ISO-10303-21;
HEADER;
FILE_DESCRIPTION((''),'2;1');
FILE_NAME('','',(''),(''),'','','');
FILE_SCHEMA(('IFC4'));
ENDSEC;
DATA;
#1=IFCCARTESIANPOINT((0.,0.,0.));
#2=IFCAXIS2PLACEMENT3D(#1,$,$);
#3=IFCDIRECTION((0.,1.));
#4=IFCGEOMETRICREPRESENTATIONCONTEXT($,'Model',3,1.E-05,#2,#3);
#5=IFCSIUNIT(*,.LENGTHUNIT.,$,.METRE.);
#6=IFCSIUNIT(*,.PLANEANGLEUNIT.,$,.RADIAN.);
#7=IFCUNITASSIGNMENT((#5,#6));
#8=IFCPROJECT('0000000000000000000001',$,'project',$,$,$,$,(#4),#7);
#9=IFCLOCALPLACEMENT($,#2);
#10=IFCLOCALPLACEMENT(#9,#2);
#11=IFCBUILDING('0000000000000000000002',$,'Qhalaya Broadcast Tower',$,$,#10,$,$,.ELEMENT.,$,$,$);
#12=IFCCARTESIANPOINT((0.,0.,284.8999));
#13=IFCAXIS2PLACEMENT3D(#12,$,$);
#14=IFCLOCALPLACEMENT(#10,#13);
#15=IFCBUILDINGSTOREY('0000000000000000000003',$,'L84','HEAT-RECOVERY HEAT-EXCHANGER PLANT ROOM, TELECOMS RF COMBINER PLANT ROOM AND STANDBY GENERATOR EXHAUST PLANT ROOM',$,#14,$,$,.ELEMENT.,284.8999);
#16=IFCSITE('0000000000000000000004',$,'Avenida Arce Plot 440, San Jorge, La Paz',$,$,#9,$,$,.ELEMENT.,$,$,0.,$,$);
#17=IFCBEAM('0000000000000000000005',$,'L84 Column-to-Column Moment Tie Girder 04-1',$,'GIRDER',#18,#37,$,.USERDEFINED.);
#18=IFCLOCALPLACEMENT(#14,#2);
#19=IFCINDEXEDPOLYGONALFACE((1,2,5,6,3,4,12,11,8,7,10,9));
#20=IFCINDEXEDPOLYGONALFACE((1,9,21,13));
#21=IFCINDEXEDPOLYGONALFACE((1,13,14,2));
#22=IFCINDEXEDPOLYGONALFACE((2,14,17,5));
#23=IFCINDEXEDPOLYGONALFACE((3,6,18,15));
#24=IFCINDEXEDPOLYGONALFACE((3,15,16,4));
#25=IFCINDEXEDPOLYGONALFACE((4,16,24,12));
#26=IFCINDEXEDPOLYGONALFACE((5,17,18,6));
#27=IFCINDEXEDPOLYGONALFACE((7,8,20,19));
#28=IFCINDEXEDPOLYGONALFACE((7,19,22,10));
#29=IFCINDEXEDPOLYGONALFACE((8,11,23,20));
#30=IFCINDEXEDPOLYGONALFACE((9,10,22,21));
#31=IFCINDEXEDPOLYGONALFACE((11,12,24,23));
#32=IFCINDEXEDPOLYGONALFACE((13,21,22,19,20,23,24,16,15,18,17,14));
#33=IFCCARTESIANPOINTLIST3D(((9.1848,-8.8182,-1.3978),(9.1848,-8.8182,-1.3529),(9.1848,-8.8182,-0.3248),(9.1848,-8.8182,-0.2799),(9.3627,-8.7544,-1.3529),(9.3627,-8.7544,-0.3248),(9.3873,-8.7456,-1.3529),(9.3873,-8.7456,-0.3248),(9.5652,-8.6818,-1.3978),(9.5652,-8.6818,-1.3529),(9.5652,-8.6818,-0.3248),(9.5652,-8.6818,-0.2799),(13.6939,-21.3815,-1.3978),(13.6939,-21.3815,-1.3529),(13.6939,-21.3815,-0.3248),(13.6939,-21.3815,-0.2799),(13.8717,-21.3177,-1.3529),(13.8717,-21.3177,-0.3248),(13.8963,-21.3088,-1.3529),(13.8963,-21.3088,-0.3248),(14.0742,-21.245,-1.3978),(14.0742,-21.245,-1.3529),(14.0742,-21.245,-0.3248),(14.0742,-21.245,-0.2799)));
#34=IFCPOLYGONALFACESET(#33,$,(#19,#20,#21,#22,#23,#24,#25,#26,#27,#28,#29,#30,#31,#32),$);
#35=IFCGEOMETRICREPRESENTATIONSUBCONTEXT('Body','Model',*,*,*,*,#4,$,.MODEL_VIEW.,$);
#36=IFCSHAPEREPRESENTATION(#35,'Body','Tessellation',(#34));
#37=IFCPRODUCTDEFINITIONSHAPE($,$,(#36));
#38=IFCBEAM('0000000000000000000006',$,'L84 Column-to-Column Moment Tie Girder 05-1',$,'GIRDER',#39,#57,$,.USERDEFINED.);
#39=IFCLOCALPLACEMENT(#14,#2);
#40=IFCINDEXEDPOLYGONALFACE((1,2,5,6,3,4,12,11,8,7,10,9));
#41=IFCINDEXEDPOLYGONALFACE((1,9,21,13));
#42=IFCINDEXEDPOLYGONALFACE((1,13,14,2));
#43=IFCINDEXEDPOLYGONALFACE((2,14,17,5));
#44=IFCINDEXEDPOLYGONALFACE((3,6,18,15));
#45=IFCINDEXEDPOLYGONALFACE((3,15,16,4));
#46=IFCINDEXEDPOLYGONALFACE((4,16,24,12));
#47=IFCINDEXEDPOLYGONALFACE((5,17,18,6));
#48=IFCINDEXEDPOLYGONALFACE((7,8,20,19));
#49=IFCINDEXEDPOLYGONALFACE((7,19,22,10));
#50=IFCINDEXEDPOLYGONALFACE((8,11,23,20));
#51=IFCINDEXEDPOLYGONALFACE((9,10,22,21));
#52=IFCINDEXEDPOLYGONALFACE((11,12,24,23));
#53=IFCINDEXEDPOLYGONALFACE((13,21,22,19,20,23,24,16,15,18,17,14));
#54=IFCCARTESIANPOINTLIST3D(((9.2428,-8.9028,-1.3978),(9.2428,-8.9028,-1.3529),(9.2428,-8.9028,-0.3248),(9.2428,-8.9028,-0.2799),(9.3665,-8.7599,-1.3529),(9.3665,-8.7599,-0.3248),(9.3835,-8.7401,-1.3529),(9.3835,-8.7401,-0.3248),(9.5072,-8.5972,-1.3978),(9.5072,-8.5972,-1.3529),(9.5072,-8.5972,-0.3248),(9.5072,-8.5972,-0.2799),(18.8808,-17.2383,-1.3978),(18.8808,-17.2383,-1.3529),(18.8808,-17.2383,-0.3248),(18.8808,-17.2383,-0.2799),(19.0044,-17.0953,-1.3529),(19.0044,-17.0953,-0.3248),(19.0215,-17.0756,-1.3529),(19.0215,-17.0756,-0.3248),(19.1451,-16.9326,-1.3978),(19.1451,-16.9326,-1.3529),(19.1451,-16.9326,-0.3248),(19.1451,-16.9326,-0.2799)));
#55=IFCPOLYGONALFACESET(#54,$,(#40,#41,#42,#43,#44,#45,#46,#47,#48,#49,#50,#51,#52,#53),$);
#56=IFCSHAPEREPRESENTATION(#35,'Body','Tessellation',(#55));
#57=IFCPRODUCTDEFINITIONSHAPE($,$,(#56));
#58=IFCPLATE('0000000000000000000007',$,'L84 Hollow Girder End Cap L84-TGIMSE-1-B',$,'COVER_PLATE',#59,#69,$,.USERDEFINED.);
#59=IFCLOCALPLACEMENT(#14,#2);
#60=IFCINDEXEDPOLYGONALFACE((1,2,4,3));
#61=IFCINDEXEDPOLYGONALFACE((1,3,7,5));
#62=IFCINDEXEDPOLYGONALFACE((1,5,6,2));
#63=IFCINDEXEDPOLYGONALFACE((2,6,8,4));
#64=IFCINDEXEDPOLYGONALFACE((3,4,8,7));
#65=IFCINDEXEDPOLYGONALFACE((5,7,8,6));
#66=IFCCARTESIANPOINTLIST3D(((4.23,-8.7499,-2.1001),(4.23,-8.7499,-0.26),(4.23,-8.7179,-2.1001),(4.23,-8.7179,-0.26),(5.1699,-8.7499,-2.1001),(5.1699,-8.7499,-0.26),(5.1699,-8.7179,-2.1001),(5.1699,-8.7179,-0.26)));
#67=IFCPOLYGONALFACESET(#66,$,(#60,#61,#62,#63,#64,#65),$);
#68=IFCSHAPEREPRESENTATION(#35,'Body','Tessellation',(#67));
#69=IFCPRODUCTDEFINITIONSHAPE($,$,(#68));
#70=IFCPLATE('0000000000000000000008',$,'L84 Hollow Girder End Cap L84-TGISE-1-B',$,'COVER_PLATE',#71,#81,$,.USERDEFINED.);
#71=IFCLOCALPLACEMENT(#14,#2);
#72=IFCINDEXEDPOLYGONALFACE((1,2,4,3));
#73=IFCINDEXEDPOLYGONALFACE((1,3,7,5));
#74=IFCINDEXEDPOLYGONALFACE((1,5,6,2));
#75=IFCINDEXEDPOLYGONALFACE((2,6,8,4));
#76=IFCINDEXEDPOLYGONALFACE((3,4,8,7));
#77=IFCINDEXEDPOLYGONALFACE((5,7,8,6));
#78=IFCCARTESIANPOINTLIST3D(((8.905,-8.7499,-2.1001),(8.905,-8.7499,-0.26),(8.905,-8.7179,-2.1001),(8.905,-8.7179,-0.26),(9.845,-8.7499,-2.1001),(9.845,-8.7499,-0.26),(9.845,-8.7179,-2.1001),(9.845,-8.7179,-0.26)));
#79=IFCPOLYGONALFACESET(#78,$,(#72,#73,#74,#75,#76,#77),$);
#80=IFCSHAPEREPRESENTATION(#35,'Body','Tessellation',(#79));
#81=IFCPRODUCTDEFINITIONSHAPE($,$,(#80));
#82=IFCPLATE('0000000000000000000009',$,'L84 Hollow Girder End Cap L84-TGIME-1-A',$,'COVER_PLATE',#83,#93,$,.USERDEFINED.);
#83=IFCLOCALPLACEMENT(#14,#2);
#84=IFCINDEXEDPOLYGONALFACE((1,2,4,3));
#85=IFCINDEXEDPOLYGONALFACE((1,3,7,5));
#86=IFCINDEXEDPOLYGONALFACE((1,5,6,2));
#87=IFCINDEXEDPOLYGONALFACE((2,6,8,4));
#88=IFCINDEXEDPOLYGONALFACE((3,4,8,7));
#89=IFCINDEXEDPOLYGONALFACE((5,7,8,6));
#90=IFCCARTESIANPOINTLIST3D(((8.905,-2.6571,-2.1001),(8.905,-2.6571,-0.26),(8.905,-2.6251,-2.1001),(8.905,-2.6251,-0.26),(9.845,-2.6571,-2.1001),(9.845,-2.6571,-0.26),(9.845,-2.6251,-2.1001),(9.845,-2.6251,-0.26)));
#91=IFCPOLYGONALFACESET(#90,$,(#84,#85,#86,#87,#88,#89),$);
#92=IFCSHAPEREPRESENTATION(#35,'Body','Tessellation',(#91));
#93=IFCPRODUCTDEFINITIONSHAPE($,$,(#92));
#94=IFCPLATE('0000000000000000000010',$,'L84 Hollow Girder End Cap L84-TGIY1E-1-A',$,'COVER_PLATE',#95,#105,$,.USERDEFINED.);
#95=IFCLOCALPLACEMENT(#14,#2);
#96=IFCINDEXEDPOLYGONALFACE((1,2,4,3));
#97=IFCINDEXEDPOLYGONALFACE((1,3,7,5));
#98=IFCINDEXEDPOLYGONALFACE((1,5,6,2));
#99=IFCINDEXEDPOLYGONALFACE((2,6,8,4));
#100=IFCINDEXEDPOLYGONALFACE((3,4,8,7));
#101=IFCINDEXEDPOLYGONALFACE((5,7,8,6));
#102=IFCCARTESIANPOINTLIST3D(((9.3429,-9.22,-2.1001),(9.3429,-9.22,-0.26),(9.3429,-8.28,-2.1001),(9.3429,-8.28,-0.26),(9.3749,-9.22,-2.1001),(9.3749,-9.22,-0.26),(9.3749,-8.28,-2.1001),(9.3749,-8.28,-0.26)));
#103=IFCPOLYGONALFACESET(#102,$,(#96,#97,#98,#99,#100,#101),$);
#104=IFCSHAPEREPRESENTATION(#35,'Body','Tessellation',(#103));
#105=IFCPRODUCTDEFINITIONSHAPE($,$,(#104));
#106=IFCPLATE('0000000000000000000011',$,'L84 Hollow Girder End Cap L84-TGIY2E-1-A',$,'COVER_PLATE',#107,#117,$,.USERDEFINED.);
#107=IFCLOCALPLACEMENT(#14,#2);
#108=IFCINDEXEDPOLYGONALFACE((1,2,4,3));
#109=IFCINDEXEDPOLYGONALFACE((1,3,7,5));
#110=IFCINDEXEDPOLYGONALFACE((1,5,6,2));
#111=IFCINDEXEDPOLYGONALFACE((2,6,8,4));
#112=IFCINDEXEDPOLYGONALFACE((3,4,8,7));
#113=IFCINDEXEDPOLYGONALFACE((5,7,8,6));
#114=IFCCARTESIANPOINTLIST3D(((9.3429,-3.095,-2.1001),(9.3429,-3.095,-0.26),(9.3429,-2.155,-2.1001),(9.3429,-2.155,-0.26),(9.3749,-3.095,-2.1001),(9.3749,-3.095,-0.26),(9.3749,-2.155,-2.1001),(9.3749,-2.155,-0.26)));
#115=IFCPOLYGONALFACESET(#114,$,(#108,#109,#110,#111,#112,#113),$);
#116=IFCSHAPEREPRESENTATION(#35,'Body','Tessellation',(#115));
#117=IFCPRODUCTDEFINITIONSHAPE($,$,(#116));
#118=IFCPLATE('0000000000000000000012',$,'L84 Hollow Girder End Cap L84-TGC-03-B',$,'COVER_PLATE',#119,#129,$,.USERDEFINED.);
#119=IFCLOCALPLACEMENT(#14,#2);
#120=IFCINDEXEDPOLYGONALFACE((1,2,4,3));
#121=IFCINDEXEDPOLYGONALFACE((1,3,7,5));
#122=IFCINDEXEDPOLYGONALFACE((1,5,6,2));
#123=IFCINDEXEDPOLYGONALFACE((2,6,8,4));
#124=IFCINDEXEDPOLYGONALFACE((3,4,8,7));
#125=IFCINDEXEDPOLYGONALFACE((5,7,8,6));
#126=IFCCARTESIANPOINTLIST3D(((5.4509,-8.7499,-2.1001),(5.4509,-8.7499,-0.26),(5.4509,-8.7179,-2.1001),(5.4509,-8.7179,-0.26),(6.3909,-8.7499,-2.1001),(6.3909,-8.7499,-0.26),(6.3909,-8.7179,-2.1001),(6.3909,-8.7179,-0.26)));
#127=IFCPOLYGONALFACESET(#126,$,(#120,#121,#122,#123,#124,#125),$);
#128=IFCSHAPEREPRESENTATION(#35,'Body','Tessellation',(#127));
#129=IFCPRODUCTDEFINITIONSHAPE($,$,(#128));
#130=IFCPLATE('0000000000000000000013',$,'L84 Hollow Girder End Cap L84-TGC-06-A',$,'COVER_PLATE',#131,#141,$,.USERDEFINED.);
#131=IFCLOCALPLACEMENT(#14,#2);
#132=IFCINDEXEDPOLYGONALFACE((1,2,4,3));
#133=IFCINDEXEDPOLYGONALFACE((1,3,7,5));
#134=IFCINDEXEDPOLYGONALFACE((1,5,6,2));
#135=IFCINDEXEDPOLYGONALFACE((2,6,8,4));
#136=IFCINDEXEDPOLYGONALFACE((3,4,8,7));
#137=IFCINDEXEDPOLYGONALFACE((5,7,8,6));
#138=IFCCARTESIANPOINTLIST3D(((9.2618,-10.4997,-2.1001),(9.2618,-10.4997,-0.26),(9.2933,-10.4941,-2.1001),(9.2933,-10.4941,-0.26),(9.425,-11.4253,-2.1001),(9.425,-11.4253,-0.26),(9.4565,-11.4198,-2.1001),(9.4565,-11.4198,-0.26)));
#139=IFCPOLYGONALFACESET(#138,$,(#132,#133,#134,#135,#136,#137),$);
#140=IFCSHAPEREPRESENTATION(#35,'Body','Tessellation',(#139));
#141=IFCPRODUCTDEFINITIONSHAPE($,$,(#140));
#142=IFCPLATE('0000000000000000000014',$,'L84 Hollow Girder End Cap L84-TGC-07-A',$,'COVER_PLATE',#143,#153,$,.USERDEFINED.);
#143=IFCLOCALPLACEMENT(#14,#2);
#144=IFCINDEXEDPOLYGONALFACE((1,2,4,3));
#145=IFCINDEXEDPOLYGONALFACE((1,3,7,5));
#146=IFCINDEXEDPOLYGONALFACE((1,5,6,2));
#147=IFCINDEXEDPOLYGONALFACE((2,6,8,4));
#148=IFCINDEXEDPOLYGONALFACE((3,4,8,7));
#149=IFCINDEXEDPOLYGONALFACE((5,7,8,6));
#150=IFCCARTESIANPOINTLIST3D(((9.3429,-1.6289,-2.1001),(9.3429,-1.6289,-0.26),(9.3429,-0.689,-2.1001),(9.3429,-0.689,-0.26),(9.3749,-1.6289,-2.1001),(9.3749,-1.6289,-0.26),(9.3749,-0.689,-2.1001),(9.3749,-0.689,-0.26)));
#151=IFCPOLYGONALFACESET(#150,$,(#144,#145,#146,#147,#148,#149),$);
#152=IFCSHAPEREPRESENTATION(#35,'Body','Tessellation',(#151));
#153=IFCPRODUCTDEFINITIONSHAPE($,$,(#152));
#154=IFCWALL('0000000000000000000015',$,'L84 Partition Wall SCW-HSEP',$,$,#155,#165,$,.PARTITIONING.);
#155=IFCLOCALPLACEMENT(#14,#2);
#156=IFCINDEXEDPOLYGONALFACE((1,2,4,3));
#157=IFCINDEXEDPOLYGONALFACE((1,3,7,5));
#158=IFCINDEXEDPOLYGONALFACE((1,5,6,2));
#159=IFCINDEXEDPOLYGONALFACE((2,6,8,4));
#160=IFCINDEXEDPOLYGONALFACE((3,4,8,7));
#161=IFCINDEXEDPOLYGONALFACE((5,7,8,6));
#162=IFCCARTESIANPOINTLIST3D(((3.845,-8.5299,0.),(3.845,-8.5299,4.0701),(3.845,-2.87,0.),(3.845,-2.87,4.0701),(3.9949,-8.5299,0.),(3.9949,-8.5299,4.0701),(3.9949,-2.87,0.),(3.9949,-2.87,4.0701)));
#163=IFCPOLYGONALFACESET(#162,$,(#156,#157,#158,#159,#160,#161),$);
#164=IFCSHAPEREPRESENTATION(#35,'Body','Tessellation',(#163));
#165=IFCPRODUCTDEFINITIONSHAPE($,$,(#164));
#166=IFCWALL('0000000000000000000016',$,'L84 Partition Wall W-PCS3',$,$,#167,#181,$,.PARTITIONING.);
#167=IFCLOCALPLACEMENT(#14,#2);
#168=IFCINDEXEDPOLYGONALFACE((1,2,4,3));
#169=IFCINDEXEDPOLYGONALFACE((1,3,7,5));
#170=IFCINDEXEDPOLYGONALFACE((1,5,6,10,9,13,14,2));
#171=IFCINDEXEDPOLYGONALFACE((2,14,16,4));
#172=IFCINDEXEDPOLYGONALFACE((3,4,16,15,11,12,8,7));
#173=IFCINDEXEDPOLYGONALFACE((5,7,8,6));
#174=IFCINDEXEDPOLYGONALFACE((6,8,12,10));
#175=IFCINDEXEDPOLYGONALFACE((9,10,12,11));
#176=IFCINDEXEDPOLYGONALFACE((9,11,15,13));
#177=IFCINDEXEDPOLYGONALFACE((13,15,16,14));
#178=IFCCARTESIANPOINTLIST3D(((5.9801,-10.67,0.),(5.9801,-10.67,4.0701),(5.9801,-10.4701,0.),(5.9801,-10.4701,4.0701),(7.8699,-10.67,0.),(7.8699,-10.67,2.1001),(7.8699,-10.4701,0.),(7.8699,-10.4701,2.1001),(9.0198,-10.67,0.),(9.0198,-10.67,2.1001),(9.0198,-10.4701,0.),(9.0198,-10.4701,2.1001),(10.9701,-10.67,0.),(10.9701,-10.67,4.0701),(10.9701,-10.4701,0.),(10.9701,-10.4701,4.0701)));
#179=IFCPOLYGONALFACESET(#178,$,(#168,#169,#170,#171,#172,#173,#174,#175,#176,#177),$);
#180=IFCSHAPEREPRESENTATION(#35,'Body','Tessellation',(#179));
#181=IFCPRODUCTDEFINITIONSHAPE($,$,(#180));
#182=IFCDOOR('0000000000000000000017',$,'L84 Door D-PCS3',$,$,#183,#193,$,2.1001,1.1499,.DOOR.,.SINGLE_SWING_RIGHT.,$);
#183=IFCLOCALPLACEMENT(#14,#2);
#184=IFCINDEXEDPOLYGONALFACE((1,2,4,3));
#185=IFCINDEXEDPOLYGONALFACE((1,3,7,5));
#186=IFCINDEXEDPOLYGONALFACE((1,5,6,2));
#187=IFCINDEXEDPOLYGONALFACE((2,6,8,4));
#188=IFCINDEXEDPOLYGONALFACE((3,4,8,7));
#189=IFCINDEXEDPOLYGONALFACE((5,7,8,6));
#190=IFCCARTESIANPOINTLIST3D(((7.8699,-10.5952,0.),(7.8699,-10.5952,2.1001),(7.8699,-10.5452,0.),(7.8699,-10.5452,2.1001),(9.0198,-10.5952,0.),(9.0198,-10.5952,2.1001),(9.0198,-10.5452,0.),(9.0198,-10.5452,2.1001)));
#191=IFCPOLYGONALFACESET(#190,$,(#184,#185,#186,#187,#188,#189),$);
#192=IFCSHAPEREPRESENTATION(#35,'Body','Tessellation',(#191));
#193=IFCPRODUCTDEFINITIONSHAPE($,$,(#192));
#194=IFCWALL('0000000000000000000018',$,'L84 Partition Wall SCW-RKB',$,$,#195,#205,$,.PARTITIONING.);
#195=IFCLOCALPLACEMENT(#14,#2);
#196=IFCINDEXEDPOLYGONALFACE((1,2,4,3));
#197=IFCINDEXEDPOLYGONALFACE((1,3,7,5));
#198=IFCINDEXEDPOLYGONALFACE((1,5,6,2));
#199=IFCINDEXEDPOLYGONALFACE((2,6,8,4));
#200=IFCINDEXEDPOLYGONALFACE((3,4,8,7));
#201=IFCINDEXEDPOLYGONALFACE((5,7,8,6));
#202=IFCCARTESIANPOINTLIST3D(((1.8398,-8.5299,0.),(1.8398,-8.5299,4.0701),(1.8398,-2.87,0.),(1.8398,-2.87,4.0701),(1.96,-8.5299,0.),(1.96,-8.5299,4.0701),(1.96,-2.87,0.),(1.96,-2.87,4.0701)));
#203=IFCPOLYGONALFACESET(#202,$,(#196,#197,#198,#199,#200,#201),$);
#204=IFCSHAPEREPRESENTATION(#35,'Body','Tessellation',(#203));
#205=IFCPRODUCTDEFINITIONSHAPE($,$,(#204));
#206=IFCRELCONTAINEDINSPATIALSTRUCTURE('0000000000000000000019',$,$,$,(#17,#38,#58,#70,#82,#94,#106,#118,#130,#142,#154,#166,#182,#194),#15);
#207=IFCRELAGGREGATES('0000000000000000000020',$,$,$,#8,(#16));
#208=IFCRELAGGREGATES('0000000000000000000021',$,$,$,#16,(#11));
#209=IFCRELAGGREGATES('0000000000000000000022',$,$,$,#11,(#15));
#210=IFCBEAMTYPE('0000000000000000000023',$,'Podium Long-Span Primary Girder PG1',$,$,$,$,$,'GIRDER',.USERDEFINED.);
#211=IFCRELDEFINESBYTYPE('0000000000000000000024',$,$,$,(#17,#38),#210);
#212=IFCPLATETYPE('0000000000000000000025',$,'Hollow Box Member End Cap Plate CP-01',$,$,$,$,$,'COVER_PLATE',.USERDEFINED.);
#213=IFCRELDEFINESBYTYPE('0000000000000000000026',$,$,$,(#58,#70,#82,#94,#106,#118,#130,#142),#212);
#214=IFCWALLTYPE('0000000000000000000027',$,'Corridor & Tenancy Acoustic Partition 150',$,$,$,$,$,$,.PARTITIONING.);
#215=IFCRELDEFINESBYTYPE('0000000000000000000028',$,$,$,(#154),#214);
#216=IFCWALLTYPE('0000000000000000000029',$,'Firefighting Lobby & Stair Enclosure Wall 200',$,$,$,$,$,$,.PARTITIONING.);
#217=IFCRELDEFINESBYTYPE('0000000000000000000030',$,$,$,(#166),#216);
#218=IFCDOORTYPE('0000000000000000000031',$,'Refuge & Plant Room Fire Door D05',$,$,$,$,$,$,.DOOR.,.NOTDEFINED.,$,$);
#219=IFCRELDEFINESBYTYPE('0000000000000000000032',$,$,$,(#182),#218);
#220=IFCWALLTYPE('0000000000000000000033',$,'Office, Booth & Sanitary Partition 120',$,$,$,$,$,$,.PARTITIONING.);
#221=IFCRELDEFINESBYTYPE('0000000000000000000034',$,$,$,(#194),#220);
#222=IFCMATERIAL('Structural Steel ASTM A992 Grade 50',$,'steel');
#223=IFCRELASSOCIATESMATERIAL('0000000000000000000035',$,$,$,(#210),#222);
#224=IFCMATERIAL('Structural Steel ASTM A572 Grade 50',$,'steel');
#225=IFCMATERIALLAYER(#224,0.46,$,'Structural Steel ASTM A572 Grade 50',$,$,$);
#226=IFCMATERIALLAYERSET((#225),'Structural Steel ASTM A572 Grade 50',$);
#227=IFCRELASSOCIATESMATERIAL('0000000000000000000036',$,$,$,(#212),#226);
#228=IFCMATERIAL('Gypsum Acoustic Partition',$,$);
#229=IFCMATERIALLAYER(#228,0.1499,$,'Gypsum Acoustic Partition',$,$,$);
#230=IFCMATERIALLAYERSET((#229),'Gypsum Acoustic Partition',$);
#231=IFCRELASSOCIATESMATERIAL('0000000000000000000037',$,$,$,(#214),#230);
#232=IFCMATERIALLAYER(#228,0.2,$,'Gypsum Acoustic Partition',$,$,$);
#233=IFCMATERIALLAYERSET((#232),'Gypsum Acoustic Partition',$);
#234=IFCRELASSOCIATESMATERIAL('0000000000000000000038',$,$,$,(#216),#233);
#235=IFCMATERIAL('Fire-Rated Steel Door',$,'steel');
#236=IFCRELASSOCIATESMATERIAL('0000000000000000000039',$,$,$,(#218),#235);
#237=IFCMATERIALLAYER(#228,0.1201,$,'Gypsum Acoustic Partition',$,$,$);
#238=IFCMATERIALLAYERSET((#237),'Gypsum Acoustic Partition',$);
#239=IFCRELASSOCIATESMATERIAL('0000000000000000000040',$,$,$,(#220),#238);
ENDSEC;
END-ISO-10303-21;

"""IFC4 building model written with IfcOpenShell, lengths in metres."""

from ifc_helpers import new_model, si_unit, direction, frame, frame_2d, origin, origin_2d, place, context, subcontext, project, spatial, rectangle, i_section, extrude, material, layer, layer_set, material_profile, profile_set, type_object, element, fill, save


model = new_model("IFC4")

# Units and contexts
model_context = context("Model", 3, precision=1e-05, world=origin(), true_north=direction((0.0, 1.0)))
body_context = subcontext(model_context, "Body", "Model", "MODEL_VIEW")
ifc_project = project(units=[si_unit("LENGTHUNIT", "METRE"), si_unit("PLANEANGLEUNIT", "RADIAN")], contexts=[model_context])

# Site, building, storey
site_placement = place(None, origin())
site = spatial("IfcSite", under=ifc_project, at=site_placement, Name="Avenida Arce Plot 440, San Jorge, La Paz", CompositionType="ELEMENT", RefElevation=0.0)
building_placement = place(site_placement, origin())
building = spatial("IfcBuilding", under=site, at=building_placement, Name="Qhalaya Broadcast Tower", CompositionType="ELEMENT")
storey_placement = place(building_placement, frame((0.0, 0.0, 284.8999)))
storey = spatial("IfcBuildingStorey", under=building, at=storey_placement, Name="L84", Description="HEAT-RECOVERY HEAT-EXCHANGER PLANT ROOM, TELECOMS RF COMBINER PLANT ROOM AND STANDBY GENERATOR EXHAUST PLANT ROOM", CompositionType="ELEMENT", Elevation=284.8999)

# Beams
ifc_material_1 = material(Name="Structural Steel ASTM A572 Grade 50", Category="steel")
ifc_material_2 = material(Name="Structural Steel ASTM A992 Grade 50", Category="steel")
ifc_material_profile_1 = material_profile(ifc_material_2, i_section(OverallWidth=0.4041, OverallDepth=1.1179, WebThickness=0.0261, FlangeThickness=0.0449, at=origin_2d()), Name="W44X335")
ifc_profile_set_1 = profile_set([ifc_material_profile_1], Name="Structural Steel ASTM A992 Grade 50")
beam_type_1 = type_object("IfcBeamType", Name="Podium Long-Span Primary Girder PG1", ElementType="GIRDER", PredefinedType="USERDEFINED", material=ifc_profile_set_1)
beam_1_placement = place(storey_placement, frame((9.375, -8.75, -0.8389), z_axis=(0.337809, -0.941215, 0.0), x_axis=(0.941215, 0.337809, 0.0)))
element("IfcBeam", 1, at=beam_1_placement, inside=storey, type_object=beam_type_1, Name="L84 Column-to-Column Moment Tie Girder 04-1", ObjectType="GIRDER", PredefinedType="USERDEFINED", context=body_context, shape_type="SweptSolid", body=[
    extrude(i_section(OverallWidth=0.4041, OverallDepth=1.1179, WebThickness=0.0261, FlangeThickness=0.0449, at=origin_2d()), origin(), (0.0, 0.0, 1.0), 13.3479),
])
beam_2_placement = place(storey_placement, frame((9.375, -8.75, -0.8389), z_axis=(0.756366, -0.654149, 0.0), x_axis=(0.654149, 0.756366, 0.0)))
element("IfcBeam", 2, at=beam_2_placement, inside=storey, type_object=beam_type_1, Name="L84 Column-to-Column Moment Tie Girder 05-1", ObjectType="GIRDER", PredefinedType="USERDEFINED", context=body_context, shape_type="SweptSolid", body=[
    extrude(i_section(OverallWidth=0.4041, OverallDepth=1.1179, WebThickness=0.0261, FlangeThickness=0.0449, at=origin_2d()), origin(), (0.0, 0.0, 1.0), 12.7424),
])

# Plates
ifc_layer_1 = layer(ifc_material_1, 0.46, Name="Structural Steel ASTM A572 Grade 50")
ifc_layer_set_1 = layer_set([ifc_layer_1], Name="Structural Steel ASTM A572 Grade 50")
plate_type = type_object("IfcPlateType", Name="Hollow Box Member End Cap Plate CP-01", ElementType="COVER_PLATE", PredefinedType="USERDEFINED", material=ifc_layer_set_1)
for number, where, z_axis, x_axis, name in (
    (3, (4.7, -8.7339, -2.1001), (0.0, 0.0, 1.0), (-1.0, 0.0, 0.0), "L84 Hollow Girder End Cap L84-TGIMSE-1-B"),
    (4, (9.375, -8.7339, -2.1001), (0.0, 0.0, 1.0), (-1.0, 0.0, 0.0), "L84 Hollow Girder End Cap L84-TGISE-1-B"),
    (5, (9.375, -2.6411, -2.1001), (0.0, 0.0, 1.0), (-1.0, 0.0, 0.0), "L84 Hollow Girder End Cap L84-TGIME-1-A"),
    (6, (9.3589, -8.75, -2.1001), (0.0, 0.0, 1.0), (0.0, 1.0, 0.0), "L84 Hollow Girder End Cap L84-TGIY1E-1-A"),
    (7, (9.3589, -2.625, -2.1001), (0.0, 0.0, 1.0), (0.0, 1.0, 0.0), "L84 Hollow Girder End Cap L84-TGIY2E-1-A"),
    (8, (5.9209, -8.7339, -2.1001), (0.0, 0.0, 1.0), (-1.0, 0.0, 0.0), "L84 Hollow Girder End Cap L84-TGC-03-B"),
    (9, (9.3591, -10.9597, -2.1001), (0.0, 0.0, 1.0), (-0.173648, 0.984808, 0.0), "L84 Hollow Girder End Cap L84-TGC-06-A"),
    (10, (9.3589, -1.1589, -2.1001), (0.0, 0.0, 1.0), (0.0, 1.0, 0.0), "L84 Hollow Girder End Cap L84-TGC-07-A"),
):
    element("IfcPlate", number, at=place(storey_placement, frame(where, z_axis=z_axis, x_axis=x_axis)), inside=storey, type_object=plate_type, Name=name, ObjectType="COVER_PLATE", PredefinedType="USERDEFINED", context=body_context, shape_type="SweptSolid", body=[
        extrude(rectangle(XDim=0.9399, YDim=0.032, at=origin_2d()), origin(), (0.0, 0.0, 1.0), 1.8401),
    ])

# Wall
ifc_material_3 = material(Name="Gypsum Acoustic Partition")
ifc_layer_2 = layer(ifc_material_3, 0.1499, Name="Gypsum Acoustic Partition")
ifc_layer_set_2 = layer_set([ifc_layer_2], Name="Gypsum Acoustic Partition")
wall_type_1 = type_object("IfcWallType", Name="Corridor & Tenancy Acoustic Partition 150", PredefinedType="PARTITIONING", material=ifc_layer_set_2)
wall_1_placement = place(storey_placement, frame((3.9199, -8.53, 0.0), z_axis=(0.0, 0.0, 1.0), x_axis=(0.0, 1.0, 0.0)))
element("IfcWall", 11, at=wall_1_placement, inside=storey, type_object=wall_type_1, Name="L84 Partition Wall SCW-HSEP", PredefinedType="PARTITIONING", context=body_context, shape_type="SweptSolid", body=[
    extrude(rectangle(XDim=5.6599, YDim=0.1499, at=frame_2d((2.8301, 0.0))), origin(), (0.0, 0.0, 1.0), 4.0701),
])

# Wall, opening, door
ifc_layer_3 = layer(ifc_material_3, 0.2, Name="Gypsum Acoustic Partition")
ifc_layer_set_3 = layer_set([ifc_layer_3], Name="Gypsum Acoustic Partition")
wall_type_2 = type_object("IfcWallType", Name="Firefighting Lobby & Stair Enclosure Wall 200", PredefinedType="PARTITIONING", material=ifc_layer_set_3)
wall_2_placement = place(storey_placement, frame((5.98, -10.5701, 0.0), z_axis=(0.0, 0.0, 1.0), x_axis=(1.0, 0.0, 0.0)))
wall_2 = element("IfcWall", 12, at=wall_2_placement, inside=storey, type_object=wall_type_2, Name="L84 Partition Wall W-PCS3", PredefinedType="PARTITIONING", context=body_context, shape_type="SweptSolid", body=[
    extrude(rectangle(XDim=4.99, YDim=0.2, at=frame_2d((2.4951, 0.0))), origin(), (0.0, 0.0, 1.0), 4.0701),
])
opening_placement = place(wall_2_placement, frame((1.8899, 0.0, 0.0)))
opening = element("IfcOpeningElement", 13, at=opening_placement, cuts=wall_2, PredefinedType="OPENING", context=body_context, shape_type="SweptSolid", body=[
    extrude(rectangle(XDim=1.1499, YDim=2.1001, at=frame_2d((0.575, 1.05))), frame((0.0, 0.1121, 0.0), z_axis=(0.0, -1.0, 0.0), x_axis=(1.0, 0.0, 0.0)), (0.0, 0.0, 1.0), 0.2239),
])
ifc_material_4 = material(Name="Fire-Rated Steel Door", Category="steel")
door_type = type_object("IfcDoorType", Name="Refuge & Plant Room Fire Door D05", OperationType="NOTDEFINED", PredefinedType="DOOR", material=ifc_material_4)
door_placement = place(opening_placement, origin())
door = element("IfcDoor", 14, at=door_placement, inside=storey, type_object=door_type, Name="L84 Door D-PCS3", OperationType="SINGLE_SWING_RIGHT", OverallHeight=2.1001, OverallWidth=1.1499, PredefinedType="DOOR", context=body_context, shape_type="SweptSolid", body=[
    extrude(rectangle(XDim=1.1499, YDim=2.1001, at=frame_2d((0.575, 1.05))), frame((0.0, 0.0249, 0.0), z_axis=(0.0, -1.0, 0.0), x_axis=(1.0, 0.0, 0.0)), (0.0, 0.0, 1.0), 0.05),
])
fill(opening, door)

# Wall
ifc_layer_4 = layer(ifc_material_3, 0.1201, Name="Gypsum Acoustic Partition")
ifc_layer_set_4 = layer_set([ifc_layer_4], Name="Gypsum Acoustic Partition")
wall_type_3 = type_object("IfcWallType", Name="Office, Booth & Sanitary Partition 120", PredefinedType="PARTITIONING", material=ifc_layer_set_4)
wall_3_placement = place(storey_placement, frame((1.8999, -8.53, 0.0), z_axis=(0.0, 0.0, 1.0), x_axis=(0.0, 1.0, 0.0)))
element("IfcWall", 15, at=wall_3_placement, inside=storey, type_object=wall_type_3, Name="L84 Partition Wall SCW-RKB", PredefinedType="PARTITIONING", context=body_context, shape_type="SweptSolid", body=[
    extrude(rectangle(XDim=5.6599, YDim=0.1201, at=frame_2d((2.8301, 0.0))), origin(), (0.0, 0.0, 1.0), 4.0701),
])

save(model, "model.ifc")
